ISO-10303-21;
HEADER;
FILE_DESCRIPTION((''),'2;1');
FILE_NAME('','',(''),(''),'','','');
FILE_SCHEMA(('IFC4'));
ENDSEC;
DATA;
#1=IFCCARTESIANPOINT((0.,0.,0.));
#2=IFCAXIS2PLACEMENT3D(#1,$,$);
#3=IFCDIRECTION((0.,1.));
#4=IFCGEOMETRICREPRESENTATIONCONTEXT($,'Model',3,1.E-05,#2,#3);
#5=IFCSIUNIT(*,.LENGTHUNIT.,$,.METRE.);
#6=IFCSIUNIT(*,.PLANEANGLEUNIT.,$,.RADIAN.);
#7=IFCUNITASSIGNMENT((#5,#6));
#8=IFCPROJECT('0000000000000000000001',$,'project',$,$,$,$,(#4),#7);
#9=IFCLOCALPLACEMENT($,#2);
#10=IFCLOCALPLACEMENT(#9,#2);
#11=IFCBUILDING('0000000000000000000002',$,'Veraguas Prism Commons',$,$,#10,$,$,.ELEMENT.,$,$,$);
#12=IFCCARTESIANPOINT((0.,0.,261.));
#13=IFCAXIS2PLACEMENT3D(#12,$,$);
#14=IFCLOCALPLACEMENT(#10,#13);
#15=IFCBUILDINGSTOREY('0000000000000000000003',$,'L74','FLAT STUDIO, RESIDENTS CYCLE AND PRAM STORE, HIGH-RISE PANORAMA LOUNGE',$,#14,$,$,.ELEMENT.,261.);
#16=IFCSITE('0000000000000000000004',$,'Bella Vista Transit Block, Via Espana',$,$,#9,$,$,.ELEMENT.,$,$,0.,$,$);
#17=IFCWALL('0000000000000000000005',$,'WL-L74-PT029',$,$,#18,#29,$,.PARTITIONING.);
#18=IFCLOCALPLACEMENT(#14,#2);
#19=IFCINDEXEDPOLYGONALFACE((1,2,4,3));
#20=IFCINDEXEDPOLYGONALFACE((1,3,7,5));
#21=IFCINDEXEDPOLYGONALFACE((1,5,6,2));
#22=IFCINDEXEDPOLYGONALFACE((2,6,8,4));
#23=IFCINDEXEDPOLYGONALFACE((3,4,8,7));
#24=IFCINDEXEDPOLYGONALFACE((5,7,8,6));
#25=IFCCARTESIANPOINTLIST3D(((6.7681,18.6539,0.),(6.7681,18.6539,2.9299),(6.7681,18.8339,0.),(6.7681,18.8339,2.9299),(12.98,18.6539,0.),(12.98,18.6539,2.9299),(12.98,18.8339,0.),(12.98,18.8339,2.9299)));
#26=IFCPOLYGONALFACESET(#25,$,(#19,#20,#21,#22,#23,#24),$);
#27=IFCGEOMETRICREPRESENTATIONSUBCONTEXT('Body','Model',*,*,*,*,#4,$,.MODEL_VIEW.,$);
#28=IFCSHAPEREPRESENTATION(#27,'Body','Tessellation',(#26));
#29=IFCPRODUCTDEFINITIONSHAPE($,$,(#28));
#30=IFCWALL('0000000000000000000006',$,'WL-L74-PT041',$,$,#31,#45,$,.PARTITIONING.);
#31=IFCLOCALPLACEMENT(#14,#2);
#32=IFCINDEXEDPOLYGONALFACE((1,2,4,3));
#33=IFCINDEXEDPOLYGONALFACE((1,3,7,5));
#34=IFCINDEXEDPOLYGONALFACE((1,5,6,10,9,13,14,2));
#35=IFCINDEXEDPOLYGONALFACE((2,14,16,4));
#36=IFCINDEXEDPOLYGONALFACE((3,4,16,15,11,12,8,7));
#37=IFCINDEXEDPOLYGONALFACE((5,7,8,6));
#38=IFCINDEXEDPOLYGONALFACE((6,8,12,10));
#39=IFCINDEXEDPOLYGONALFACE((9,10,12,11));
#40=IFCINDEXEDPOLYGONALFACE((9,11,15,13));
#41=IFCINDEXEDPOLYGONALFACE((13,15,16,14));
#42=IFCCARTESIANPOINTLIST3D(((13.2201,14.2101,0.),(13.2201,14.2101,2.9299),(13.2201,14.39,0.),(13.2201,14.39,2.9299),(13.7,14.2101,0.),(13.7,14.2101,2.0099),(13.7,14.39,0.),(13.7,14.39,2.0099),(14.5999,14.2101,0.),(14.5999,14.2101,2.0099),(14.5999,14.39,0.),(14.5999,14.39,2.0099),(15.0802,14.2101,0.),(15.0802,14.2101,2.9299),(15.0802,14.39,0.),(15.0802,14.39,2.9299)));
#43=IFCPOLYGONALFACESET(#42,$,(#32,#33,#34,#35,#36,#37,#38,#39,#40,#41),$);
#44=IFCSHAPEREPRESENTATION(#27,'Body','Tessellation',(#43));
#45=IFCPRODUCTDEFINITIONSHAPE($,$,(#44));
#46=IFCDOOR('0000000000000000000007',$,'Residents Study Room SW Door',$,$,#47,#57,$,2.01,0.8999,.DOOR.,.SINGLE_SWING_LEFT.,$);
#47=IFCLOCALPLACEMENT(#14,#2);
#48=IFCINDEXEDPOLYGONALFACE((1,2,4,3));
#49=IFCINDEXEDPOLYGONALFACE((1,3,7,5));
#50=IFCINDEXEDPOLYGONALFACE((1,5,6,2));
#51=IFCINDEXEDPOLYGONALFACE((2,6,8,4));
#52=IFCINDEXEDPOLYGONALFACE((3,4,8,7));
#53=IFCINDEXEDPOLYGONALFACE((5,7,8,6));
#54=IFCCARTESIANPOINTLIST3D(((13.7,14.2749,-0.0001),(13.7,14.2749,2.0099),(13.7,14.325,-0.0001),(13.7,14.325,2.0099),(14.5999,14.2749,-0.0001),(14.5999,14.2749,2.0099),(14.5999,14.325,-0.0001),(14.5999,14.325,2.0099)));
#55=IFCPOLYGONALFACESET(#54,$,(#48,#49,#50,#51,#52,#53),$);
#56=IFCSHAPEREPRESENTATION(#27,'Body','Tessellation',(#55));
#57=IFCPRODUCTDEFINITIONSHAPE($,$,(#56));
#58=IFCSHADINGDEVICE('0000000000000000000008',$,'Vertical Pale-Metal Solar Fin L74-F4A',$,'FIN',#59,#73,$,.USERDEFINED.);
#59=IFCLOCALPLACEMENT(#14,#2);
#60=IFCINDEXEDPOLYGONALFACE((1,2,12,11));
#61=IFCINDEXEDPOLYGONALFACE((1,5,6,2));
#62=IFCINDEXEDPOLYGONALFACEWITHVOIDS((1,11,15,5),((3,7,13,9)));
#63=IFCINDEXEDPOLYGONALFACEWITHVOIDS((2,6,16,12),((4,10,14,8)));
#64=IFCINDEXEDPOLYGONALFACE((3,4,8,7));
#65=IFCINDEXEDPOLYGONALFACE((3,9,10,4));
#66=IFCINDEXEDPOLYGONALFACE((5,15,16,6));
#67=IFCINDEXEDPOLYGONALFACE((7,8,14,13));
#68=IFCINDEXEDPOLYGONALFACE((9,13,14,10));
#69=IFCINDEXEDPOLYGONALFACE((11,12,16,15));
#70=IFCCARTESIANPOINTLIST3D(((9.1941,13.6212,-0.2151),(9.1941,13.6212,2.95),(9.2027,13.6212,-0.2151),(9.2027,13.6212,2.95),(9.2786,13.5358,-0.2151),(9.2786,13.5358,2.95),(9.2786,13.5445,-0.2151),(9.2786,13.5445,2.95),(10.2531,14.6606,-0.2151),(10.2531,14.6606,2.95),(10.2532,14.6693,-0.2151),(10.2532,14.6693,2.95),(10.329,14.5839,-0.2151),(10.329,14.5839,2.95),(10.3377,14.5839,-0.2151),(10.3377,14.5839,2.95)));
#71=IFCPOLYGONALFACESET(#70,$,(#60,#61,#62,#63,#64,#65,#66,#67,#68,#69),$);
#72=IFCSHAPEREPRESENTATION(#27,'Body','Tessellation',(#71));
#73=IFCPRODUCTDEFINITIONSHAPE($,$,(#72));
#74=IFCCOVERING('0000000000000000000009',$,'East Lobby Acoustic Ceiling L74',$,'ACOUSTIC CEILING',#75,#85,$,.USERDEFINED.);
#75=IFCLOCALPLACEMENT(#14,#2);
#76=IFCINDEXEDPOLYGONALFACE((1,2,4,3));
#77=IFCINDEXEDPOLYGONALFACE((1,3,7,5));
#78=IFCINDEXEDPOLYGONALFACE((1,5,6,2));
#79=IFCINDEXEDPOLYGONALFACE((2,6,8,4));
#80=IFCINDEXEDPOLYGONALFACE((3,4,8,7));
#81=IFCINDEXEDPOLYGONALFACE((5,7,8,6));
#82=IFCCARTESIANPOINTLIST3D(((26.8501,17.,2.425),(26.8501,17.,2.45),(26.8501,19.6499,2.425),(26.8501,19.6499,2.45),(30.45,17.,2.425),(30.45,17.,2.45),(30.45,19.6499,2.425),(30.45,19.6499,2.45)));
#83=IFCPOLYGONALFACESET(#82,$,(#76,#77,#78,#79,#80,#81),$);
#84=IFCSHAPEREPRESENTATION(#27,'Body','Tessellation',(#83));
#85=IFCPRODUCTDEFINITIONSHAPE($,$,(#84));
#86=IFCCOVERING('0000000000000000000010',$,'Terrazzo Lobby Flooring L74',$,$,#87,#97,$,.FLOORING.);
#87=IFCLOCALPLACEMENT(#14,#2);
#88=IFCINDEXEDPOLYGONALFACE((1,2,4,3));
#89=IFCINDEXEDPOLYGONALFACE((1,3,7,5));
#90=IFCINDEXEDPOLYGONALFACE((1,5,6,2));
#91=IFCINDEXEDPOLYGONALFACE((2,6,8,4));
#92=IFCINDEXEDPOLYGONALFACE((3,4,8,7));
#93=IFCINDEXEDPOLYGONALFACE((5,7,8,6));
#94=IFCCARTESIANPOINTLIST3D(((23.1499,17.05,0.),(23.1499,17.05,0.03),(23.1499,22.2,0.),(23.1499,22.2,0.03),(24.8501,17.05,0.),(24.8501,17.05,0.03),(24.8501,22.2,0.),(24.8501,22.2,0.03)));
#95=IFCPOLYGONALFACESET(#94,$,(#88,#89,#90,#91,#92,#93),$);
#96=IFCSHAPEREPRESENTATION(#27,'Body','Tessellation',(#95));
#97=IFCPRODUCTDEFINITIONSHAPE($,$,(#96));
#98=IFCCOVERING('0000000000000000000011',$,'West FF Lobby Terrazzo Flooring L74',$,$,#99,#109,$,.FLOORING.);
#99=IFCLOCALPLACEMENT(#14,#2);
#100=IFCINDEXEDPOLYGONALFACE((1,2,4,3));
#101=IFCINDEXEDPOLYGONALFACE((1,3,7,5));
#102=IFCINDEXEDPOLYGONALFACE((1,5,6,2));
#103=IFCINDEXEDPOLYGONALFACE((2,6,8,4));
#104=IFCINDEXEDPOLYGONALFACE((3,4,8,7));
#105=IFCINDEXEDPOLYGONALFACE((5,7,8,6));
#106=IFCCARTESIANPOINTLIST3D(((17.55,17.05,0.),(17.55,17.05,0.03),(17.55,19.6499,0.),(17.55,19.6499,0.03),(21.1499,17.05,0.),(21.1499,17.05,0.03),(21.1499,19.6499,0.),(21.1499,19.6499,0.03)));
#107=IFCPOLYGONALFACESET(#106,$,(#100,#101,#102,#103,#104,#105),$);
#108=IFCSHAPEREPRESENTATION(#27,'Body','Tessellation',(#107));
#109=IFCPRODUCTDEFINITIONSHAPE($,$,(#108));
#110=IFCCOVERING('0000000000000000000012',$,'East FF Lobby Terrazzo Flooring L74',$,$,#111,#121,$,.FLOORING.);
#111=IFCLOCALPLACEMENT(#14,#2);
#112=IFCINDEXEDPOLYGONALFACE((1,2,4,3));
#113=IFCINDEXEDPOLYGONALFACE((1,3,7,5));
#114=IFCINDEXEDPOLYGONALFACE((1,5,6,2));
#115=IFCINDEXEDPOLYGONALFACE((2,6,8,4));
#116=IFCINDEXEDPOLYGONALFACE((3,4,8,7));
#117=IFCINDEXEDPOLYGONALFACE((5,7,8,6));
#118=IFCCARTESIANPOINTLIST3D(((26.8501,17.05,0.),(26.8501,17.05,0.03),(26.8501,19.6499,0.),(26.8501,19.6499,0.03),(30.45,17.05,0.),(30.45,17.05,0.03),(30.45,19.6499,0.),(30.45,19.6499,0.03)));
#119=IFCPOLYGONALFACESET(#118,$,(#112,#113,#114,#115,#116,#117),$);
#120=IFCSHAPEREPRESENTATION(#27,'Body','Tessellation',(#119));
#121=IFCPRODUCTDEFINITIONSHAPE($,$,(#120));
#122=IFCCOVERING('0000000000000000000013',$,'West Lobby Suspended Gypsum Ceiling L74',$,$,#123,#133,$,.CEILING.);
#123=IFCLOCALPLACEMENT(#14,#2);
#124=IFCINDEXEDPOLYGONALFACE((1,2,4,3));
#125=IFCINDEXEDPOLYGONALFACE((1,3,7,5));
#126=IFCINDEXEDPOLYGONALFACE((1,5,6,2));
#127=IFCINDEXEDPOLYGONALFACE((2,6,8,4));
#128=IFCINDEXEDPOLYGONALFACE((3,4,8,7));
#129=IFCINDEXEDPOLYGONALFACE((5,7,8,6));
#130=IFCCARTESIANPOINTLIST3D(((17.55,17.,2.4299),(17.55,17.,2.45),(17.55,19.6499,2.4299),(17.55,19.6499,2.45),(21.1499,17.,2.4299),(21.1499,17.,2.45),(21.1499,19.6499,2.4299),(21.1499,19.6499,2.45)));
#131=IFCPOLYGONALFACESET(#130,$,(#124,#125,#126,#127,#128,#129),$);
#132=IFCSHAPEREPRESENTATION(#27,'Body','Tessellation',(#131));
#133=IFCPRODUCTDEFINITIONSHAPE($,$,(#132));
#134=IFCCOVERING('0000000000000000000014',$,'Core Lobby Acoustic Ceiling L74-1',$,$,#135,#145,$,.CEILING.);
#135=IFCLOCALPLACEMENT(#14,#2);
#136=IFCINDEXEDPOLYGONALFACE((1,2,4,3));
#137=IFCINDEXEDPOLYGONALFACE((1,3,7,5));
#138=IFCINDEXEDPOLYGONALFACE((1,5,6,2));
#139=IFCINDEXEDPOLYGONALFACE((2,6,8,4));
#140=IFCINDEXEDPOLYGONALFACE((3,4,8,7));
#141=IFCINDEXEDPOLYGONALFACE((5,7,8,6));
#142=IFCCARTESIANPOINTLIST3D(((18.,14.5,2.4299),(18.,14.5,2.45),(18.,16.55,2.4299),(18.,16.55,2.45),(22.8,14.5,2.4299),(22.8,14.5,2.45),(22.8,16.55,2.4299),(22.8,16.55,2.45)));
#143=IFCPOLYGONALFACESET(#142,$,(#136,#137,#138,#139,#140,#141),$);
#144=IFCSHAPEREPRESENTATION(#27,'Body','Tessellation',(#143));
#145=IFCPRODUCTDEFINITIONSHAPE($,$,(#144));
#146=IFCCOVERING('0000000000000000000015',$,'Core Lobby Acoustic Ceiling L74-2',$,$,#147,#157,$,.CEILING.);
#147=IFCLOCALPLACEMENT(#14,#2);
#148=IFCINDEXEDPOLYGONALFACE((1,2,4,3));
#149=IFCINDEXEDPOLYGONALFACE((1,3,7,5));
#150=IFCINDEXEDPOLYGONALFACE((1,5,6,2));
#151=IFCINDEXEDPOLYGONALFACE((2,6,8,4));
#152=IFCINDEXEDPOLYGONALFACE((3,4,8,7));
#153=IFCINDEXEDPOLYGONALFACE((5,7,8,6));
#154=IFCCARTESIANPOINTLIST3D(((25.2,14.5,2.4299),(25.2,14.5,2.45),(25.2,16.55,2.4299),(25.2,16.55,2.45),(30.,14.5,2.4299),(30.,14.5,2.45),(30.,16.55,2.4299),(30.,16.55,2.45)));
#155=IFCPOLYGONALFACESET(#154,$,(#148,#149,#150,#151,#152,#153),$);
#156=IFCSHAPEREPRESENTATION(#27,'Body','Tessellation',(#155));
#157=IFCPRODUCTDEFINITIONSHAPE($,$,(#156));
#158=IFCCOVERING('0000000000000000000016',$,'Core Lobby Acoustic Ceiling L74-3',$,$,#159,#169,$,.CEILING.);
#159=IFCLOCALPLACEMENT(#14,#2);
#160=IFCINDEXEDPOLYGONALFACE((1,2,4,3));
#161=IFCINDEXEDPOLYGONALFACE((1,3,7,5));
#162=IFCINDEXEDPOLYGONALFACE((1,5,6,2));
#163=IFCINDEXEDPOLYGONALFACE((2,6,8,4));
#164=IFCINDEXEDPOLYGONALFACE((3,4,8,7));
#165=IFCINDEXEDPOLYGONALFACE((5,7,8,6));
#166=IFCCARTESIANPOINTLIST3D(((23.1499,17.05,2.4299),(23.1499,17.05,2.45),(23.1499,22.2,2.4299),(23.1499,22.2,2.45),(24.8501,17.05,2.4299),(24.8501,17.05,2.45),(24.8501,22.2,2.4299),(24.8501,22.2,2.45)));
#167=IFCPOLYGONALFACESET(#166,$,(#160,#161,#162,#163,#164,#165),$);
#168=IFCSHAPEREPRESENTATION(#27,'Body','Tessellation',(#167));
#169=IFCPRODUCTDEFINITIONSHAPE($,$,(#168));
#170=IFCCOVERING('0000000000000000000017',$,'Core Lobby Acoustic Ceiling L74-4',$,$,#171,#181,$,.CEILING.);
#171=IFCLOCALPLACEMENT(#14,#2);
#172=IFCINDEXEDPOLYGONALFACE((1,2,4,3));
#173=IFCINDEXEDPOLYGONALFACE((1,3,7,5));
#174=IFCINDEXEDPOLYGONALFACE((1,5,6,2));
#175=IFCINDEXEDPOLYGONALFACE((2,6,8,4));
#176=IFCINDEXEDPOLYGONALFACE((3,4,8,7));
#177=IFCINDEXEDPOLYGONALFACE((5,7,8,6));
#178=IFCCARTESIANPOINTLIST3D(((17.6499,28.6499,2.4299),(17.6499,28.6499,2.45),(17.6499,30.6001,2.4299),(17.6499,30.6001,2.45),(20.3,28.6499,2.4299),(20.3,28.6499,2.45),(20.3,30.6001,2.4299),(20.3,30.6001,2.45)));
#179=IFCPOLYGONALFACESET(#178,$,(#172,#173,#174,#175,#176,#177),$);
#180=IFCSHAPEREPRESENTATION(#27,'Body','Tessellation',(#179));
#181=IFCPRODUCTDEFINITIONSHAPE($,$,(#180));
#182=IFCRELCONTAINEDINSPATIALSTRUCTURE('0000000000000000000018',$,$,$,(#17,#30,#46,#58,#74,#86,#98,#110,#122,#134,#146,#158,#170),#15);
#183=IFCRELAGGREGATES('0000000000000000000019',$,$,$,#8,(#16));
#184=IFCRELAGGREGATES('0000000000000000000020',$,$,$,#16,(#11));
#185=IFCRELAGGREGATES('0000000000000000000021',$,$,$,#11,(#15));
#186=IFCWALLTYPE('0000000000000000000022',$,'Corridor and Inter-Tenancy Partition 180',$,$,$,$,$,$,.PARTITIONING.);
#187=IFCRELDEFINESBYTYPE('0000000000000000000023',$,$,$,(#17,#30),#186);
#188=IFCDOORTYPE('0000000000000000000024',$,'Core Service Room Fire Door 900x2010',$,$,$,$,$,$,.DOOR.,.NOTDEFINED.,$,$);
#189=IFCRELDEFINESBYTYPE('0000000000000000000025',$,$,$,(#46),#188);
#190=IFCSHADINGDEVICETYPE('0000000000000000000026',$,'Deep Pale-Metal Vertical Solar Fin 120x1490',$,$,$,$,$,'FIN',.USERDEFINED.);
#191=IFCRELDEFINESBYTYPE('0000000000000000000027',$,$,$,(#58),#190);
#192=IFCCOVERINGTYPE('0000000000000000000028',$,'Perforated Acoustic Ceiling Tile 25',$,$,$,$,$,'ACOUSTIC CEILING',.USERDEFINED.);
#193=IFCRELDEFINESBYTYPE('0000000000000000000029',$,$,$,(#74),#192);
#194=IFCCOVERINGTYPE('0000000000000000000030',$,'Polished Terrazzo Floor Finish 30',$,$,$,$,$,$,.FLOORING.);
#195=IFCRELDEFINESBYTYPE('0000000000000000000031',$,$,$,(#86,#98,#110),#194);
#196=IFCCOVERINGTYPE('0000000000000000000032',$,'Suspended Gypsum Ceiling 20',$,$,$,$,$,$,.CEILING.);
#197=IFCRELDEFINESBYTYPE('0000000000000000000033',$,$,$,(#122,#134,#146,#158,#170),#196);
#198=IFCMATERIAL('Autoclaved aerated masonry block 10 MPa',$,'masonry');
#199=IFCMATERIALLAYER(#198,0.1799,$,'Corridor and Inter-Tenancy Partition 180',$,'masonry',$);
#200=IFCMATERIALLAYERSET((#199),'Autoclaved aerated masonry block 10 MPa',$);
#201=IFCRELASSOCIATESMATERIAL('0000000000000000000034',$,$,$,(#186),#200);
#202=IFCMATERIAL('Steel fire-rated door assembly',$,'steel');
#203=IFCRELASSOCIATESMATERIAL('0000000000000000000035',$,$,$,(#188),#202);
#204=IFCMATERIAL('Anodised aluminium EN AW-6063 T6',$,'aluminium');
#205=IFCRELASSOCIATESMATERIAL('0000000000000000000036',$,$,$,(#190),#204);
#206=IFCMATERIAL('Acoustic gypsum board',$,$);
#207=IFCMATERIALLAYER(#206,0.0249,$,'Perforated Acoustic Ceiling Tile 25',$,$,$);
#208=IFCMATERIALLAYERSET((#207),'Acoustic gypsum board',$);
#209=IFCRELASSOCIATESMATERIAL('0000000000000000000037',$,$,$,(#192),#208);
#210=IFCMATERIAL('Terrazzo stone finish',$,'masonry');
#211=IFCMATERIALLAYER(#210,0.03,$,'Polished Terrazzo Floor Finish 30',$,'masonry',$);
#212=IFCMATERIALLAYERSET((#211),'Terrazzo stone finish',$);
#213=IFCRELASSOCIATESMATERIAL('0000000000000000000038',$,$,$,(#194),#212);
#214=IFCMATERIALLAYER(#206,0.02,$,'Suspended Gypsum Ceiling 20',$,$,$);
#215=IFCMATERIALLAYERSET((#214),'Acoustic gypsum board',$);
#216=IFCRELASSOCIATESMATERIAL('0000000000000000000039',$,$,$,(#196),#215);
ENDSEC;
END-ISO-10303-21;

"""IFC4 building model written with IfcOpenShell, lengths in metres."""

from ifc_helpers import new_model, si_unit, direction, frame, frame_2d, origin, origin_2d, place, context, subcontext, project, spatial, polyline, rectangle, hollow_rectangle, outline, extrude, source, transform, mapped, material, layer, layer_set, material_profile, profile_set, type_object, element, fill, save


model = new_model("IFC4")

# Units and contexts
model_context = context("Model", 3, precision=1e-05, world=origin(), true_north=direction((0.0, 1.0)))
body_context = subcontext(model_context, "Body", "Model", "MODEL_VIEW")
ifc_project = project(units=[si_unit("LENGTHUNIT", "METRE"), si_unit("PLANEANGLEUNIT", "RADIAN")], contexts=[model_context])

# Site, building, storey
site_placement = place(None, origin())
site = spatial("IfcSite", under=ifc_project, at=site_placement, Name="Bella Vista Transit Block, Via Espana", CompositionType="ELEMENT", RefElevation=0.0)
building_placement = place(site_placement, origin())
building = spatial("IfcBuilding", under=site, at=building_placement, Name="Veraguas Prism Commons", CompositionType="ELEMENT")
storey_placement = place(building_placement, frame((0.0, 0.0, 261.0)))
storey = spatial("IfcBuildingStorey", under=building, at=storey_placement, Name="L74", Description="FLAT STUDIO, RESIDENTS CYCLE AND PRAM STORE, HIGH-RISE PANORAMA LOUNGE", CompositionType="ELEMENT", Elevation=261.0)

# Shared definitions
ifc_material_1 = material(Name="Anodised aluminium EN AW-6063 T6", Category="aluminium")

# Shared definitions
ifc_material_2 = material(Name="Autoclaved aerated masonry block 10 MPa", Category="masonry")
ifc_layer_1 = layer(ifc_material_2, 0.1799, Name="Corridor and Inter-Tenancy Partition 180", Category="masonry")
ifc_layer_set_1 = layer_set([ifc_layer_1], Name="Autoclaved aerated masonry block 10 MPa")
wall_type = type_object("IfcWallType", Name="Corridor and Inter-Tenancy Partition 180", PredefinedType="PARTITIONING", material=ifc_layer_set_1)

# Shared definitions
ifc_material_3 = material(Name="Steel fire-rated door assembly", Category="steel")

# Wall
wall_1_placement = place(storey_placement, frame((12.98, 18.7439, 0.0), z_axis=(0.0, 0.0, 1.0), x_axis=(-1.0, 0.0, 0.0)))
element("IfcWall", 1, at=wall_1_placement, inside=storey, type_object=wall_type, Name="WL-L74-PT029", PredefinedType="PARTITIONING", context=body_context, shape_type="SweptSolid", body=[
    extrude(rectangle(XDim=6.2119, YDim=0.1799, at=frame_2d((3.106, 0.0))), origin(), (0.0, 0.0, 1.0), 2.9299),
])

# Wall, opening, door
wall_2_placement = place(storey_placement, frame((13.22, 14.3, 0.0), z_axis=(0.0, 0.0, 1.0), x_axis=(1.0, 0.0, 0.0)))
wall_2 = element("IfcWall", 2, at=wall_2_placement, inside=storey, type_object=wall_type, Name="WL-L74-PT041", PredefinedType="PARTITIONING", context=body_context, shape_type="SweptSolid", body=[
    extrude(rectangle(XDim=1.8601, YDim=0.1799, at=frame_2d((0.9302, 0.0))), origin(), (0.0, 0.0, 1.0), 2.9299),
])
opening_1_placement = place(wall_2_placement, frame((0.48, 0.0, 0.0)))
opening_1 = element("IfcOpeningElement", 3, at=opening_1_placement, cuts=wall_2, PredefinedType="OPENING", context=body_context, shape_type="SweptSolid", body=[
    extrude(rectangle(XDim=0.8999, YDim=2.01, at=frame_2d((0.45, 1.0049))), frame((0.0, 0.0999, 0.0), z_axis=(0.0, -1.0, 0.0), x_axis=(1.0, 0.0, 0.0)), (0.0, 0.0, 1.0), 0.2),
])
door_type_1 = type_object("IfcDoorType", Name="Core Service Room Fire Door 900x2010", OperationType="NOTDEFINED", PredefinedType="DOOR", material=ifc_material_3)
shared_shape_1 = source(origin(), body_context, "Body", "SweptSolid", [
    extrude(rectangle(XDim=0.8999, YDim=2.01, at=frame_2d((0.45, 1.0049))), frame((0.0, 0.0249, 0.0), z_axis=(0.0, -1.0, 0.0), x_axis=(1.0, 0.0, 0.0)), (0.0, 0.0, 1.0), 0.05),
])
door_1_placement = place(opening_1_placement, origin())
door_1 = element("IfcDoor", 4, at=door_1_placement, inside=storey, type_object=door_type_1, Name="Residents Study Room SW Door", OperationType="SINGLE_SWING_LEFT", OverallHeight=2.01, OverallWidth=0.8999, PredefinedType="DOOR", context=body_context, shape_type="MappedRepresentation", body=[
    mapped(shared_shape_1, transform((0.0, 0.0, 0.0), scale=1.0)),
])
fill(opening_1, door_1)

# Shading device
ifc_material_profile_1 = material_profile(ifc_material_1, hollow_rectangle(XDim=0.1201, YDim=1.49, WallThickness=0.0061, at=origin_2d()), Name="FIN120X1490X6")
ifc_profile_set_1 = profile_set([ifc_material_profile_1], Name="Anodised aluminium EN AW-6063 T6")
shading_device_type = type_object("IfcShadingDeviceType", Name="Deep Pale-Metal Vertical Solar Fin 120x1490", ElementType="FIN", PredefinedType="USERDEFINED", material=ifc_profile_set_1)
shading_device_placement = place(storey_placement, frame((9.7659, 14.1025, -0.2151), z_axis=(0.0, 0.0, 1.0), x_axis=(0.703396, -0.710798, 0.0)))
element("IfcShadingDevice", 5, at=shading_device_placement, inside=storey, type_object=shading_device_type, Name="Vertical Pale-Metal Solar Fin L74-F4A", ObjectType="FIN", PredefinedType="USERDEFINED", context=body_context, shape_type="SweptSolid", body=[
    extrude(hollow_rectangle(XDim=0.1201, YDim=1.49, WallThickness=0.0061, at=origin_2d()), origin(), (0.0, 0.0, 1.0), 3.165),
])

# Coverings
ifc_material_4 = material(Name="Acoustic gypsum board")
ifc_layer_2 = layer(ifc_material_4, 0.0249, Name="Perforated Acoustic Ceiling Tile 25")
ifc_layer_set_2 = layer_set([ifc_layer_2], Name="Acoustic gypsum board")
covering_type_1 = type_object("IfcCoveringType", Name="Perforated Acoustic Ceiling Tile 25", ElementType="ACOUSTIC CEILING", PredefinedType="USERDEFINED", material=ifc_layer_set_2)
covering_1_placement = place(storey_placement, frame((0.0, 0.0, 2.425)))
element("IfcCovering", 6, at=covering_1_placement, inside=storey, type_object=covering_type_1, Name="East Lobby Acoustic Ceiling L74", ObjectType="ACOUSTIC CEILING", PredefinedType="USERDEFINED", context=body_context, shape_type="SweptSolid", body=[
    extrude(outline(polyline([(26.8501, 17.0), (30.45, 17.0), (30.45, 19.6499), (26.8501, 19.6499), (26.8501, 17.0)])), origin(), (0.0, 0.0, 1.0), 0.0249),
])
ifc_material_5 = material(Name="Terrazzo stone finish", Category="masonry")
ifc_layer_3 = layer(ifc_material_5, 0.03, Name="Polished Terrazzo Floor Finish 30", Category="masonry")
ifc_layer_set_3 = layer_set([ifc_layer_3], Name="Terrazzo stone finish")
covering_type_2 = type_object("IfcCoveringType", Name="Polished Terrazzo Floor Finish 30", PredefinedType="FLOORING", material=ifc_layer_set_3)
covering_2_placement = place(storey_placement, origin())
element("IfcCovering", 7, at=covering_2_placement, inside=storey, type_object=covering_type_2, Name="Terrazzo Lobby Flooring L74", PredefinedType="FLOORING", context=body_context, shape_type="SweptSolid", body=[
    extrude(outline(polyline([(23.1499, 17.05), (24.8501, 17.05), (24.8501, 22.2), (23.1499, 22.2), (23.1499, 17.05)])), origin(), (0.0, 0.0, 1.0), 0.03),
])
covering_3_placement = place(storey_placement, origin())
element("IfcCovering", 8, at=covering_3_placement, inside=storey, type_object=covering_type_2, Name="West FF Lobby Terrazzo Flooring L74", PredefinedType="FLOORING", context=body_context, shape_type="SweptSolid", body=[
    extrude(outline(polyline([(17.55, 17.05), (21.1499, 17.05), (21.1499, 19.6499), (17.55, 19.6499), (17.55, 17.05)])), origin(), (0.0, 0.0, 1.0), 0.03),
])
covering_4_placement = place(storey_placement, origin())
element("IfcCovering", 9, at=covering_4_placement, inside=storey, type_object=covering_type_2, Name="East FF Lobby Terrazzo Flooring L74", PredefinedType="FLOORING", context=body_context, shape_type="SweptSolid", body=[
    extrude(outline(polyline([(26.8501, 17.05), (30.45, 17.05), (30.45, 19.6499), (26.8501, 19.6499), (26.8501, 17.05)])), origin(), (0.0, 0.0, 1.0), 0.03),
])
ifc_layer_4 = layer(ifc_material_4, 0.02, Name="Suspended Gypsum Ceiling 20")
ifc_layer_set_4 = layer_set([ifc_layer_4], Name="Acoustic gypsum board")
covering_type_3 = type_object("IfcCoveringType", Name="Suspended Gypsum Ceiling 20", PredefinedType="CEILING", material=ifc_layer_set_4)
covering_5_placement = place(storey_placement, frame((0.0, 0.0, 2.4299)))
element("IfcCovering", 10, at=covering_5_placement, inside=storey, type_object=covering_type_3, Name="West Lobby Suspended Gypsum Ceiling L74", PredefinedType="CEILING", context=body_context, shape_type="SweptSolid", body=[
    extrude(outline(polyline([(17.55, 17.0), (21.1499, 17.0), (21.1499, 19.6499), (17.55, 19.6499), (17.55, 17.0)])), origin(), (0.0, 0.0, 1.0), 0.02),
])
covering_6_placement = place(storey_placement, frame((0.0, 0.0, 2.4299)))
element("IfcCovering", 11, at=covering_6_placement, inside=storey, type_object=covering_type_3, Name="Core Lobby Acoustic Ceiling L74-1", PredefinedType="CEILING", context=body_context, shape_type="SweptSolid", body=[
    extrude(outline(polyline([(18.0, 14.5), (22.8, 14.5), (22.8, 16.55), (18.0, 16.55), (18.0, 14.5)])), origin(), (0.0, 0.0, 1.0), 0.02),
])
covering_7_placement = place(storey_placement, frame((0.0, 0.0, 2.4299)))
element("IfcCovering", 12, at=covering_7_placement, inside=storey, type_object=covering_type_3, Name="Core Lobby Acoustic Ceiling L74-2", PredefinedType="CEILING", context=body_context, shape_type="SweptSolid", body=[
    extrude(outline(polyline([(25.2, 14.5), (30.0, 14.5), (30.0, 16.55), (25.2, 16.55), (25.2, 14.5)])), origin(), (0.0, 0.0, 1.0), 0.02),
])
covering_8_placement = place(storey_placement, frame((0.0, 0.0, 2.4299)))
element("IfcCovering", 13, at=covering_8_placement, inside=storey, type_object=covering_type_3, Name="Core Lobby Acoustic Ceiling L74-3", PredefinedType="CEILING", context=body_context, shape_type="SweptSolid", body=[
    extrude(outline(polyline([(23.1499, 17.05), (24.8501, 17.05), (24.8501, 22.2), (23.1499, 22.2), (23.1499, 17.05)])), origin(), (0.0, 0.0, 1.0), 0.02),
])
covering_9_placement = place(storey_placement, frame((0.0, 0.0, 2.4299)))
element("IfcCovering", 14, at=covering_9_placement, inside=storey, type_object=covering_type_3, Name="Core Lobby Acoustic Ceiling L74-4", PredefinedType="CEILING", context=body_context, shape_type="SweptSolid", body=[
    extrude(outline(polyline([(17.6499, 28.6499), (20.3, 28.6499), (20.3, 30.6001), (17.6499, 30.6001), (17.6499, 28.6499)])), origin(), (0.0, 0.0, 1.0), 0.02),
])

save(model, "model.ifc")
